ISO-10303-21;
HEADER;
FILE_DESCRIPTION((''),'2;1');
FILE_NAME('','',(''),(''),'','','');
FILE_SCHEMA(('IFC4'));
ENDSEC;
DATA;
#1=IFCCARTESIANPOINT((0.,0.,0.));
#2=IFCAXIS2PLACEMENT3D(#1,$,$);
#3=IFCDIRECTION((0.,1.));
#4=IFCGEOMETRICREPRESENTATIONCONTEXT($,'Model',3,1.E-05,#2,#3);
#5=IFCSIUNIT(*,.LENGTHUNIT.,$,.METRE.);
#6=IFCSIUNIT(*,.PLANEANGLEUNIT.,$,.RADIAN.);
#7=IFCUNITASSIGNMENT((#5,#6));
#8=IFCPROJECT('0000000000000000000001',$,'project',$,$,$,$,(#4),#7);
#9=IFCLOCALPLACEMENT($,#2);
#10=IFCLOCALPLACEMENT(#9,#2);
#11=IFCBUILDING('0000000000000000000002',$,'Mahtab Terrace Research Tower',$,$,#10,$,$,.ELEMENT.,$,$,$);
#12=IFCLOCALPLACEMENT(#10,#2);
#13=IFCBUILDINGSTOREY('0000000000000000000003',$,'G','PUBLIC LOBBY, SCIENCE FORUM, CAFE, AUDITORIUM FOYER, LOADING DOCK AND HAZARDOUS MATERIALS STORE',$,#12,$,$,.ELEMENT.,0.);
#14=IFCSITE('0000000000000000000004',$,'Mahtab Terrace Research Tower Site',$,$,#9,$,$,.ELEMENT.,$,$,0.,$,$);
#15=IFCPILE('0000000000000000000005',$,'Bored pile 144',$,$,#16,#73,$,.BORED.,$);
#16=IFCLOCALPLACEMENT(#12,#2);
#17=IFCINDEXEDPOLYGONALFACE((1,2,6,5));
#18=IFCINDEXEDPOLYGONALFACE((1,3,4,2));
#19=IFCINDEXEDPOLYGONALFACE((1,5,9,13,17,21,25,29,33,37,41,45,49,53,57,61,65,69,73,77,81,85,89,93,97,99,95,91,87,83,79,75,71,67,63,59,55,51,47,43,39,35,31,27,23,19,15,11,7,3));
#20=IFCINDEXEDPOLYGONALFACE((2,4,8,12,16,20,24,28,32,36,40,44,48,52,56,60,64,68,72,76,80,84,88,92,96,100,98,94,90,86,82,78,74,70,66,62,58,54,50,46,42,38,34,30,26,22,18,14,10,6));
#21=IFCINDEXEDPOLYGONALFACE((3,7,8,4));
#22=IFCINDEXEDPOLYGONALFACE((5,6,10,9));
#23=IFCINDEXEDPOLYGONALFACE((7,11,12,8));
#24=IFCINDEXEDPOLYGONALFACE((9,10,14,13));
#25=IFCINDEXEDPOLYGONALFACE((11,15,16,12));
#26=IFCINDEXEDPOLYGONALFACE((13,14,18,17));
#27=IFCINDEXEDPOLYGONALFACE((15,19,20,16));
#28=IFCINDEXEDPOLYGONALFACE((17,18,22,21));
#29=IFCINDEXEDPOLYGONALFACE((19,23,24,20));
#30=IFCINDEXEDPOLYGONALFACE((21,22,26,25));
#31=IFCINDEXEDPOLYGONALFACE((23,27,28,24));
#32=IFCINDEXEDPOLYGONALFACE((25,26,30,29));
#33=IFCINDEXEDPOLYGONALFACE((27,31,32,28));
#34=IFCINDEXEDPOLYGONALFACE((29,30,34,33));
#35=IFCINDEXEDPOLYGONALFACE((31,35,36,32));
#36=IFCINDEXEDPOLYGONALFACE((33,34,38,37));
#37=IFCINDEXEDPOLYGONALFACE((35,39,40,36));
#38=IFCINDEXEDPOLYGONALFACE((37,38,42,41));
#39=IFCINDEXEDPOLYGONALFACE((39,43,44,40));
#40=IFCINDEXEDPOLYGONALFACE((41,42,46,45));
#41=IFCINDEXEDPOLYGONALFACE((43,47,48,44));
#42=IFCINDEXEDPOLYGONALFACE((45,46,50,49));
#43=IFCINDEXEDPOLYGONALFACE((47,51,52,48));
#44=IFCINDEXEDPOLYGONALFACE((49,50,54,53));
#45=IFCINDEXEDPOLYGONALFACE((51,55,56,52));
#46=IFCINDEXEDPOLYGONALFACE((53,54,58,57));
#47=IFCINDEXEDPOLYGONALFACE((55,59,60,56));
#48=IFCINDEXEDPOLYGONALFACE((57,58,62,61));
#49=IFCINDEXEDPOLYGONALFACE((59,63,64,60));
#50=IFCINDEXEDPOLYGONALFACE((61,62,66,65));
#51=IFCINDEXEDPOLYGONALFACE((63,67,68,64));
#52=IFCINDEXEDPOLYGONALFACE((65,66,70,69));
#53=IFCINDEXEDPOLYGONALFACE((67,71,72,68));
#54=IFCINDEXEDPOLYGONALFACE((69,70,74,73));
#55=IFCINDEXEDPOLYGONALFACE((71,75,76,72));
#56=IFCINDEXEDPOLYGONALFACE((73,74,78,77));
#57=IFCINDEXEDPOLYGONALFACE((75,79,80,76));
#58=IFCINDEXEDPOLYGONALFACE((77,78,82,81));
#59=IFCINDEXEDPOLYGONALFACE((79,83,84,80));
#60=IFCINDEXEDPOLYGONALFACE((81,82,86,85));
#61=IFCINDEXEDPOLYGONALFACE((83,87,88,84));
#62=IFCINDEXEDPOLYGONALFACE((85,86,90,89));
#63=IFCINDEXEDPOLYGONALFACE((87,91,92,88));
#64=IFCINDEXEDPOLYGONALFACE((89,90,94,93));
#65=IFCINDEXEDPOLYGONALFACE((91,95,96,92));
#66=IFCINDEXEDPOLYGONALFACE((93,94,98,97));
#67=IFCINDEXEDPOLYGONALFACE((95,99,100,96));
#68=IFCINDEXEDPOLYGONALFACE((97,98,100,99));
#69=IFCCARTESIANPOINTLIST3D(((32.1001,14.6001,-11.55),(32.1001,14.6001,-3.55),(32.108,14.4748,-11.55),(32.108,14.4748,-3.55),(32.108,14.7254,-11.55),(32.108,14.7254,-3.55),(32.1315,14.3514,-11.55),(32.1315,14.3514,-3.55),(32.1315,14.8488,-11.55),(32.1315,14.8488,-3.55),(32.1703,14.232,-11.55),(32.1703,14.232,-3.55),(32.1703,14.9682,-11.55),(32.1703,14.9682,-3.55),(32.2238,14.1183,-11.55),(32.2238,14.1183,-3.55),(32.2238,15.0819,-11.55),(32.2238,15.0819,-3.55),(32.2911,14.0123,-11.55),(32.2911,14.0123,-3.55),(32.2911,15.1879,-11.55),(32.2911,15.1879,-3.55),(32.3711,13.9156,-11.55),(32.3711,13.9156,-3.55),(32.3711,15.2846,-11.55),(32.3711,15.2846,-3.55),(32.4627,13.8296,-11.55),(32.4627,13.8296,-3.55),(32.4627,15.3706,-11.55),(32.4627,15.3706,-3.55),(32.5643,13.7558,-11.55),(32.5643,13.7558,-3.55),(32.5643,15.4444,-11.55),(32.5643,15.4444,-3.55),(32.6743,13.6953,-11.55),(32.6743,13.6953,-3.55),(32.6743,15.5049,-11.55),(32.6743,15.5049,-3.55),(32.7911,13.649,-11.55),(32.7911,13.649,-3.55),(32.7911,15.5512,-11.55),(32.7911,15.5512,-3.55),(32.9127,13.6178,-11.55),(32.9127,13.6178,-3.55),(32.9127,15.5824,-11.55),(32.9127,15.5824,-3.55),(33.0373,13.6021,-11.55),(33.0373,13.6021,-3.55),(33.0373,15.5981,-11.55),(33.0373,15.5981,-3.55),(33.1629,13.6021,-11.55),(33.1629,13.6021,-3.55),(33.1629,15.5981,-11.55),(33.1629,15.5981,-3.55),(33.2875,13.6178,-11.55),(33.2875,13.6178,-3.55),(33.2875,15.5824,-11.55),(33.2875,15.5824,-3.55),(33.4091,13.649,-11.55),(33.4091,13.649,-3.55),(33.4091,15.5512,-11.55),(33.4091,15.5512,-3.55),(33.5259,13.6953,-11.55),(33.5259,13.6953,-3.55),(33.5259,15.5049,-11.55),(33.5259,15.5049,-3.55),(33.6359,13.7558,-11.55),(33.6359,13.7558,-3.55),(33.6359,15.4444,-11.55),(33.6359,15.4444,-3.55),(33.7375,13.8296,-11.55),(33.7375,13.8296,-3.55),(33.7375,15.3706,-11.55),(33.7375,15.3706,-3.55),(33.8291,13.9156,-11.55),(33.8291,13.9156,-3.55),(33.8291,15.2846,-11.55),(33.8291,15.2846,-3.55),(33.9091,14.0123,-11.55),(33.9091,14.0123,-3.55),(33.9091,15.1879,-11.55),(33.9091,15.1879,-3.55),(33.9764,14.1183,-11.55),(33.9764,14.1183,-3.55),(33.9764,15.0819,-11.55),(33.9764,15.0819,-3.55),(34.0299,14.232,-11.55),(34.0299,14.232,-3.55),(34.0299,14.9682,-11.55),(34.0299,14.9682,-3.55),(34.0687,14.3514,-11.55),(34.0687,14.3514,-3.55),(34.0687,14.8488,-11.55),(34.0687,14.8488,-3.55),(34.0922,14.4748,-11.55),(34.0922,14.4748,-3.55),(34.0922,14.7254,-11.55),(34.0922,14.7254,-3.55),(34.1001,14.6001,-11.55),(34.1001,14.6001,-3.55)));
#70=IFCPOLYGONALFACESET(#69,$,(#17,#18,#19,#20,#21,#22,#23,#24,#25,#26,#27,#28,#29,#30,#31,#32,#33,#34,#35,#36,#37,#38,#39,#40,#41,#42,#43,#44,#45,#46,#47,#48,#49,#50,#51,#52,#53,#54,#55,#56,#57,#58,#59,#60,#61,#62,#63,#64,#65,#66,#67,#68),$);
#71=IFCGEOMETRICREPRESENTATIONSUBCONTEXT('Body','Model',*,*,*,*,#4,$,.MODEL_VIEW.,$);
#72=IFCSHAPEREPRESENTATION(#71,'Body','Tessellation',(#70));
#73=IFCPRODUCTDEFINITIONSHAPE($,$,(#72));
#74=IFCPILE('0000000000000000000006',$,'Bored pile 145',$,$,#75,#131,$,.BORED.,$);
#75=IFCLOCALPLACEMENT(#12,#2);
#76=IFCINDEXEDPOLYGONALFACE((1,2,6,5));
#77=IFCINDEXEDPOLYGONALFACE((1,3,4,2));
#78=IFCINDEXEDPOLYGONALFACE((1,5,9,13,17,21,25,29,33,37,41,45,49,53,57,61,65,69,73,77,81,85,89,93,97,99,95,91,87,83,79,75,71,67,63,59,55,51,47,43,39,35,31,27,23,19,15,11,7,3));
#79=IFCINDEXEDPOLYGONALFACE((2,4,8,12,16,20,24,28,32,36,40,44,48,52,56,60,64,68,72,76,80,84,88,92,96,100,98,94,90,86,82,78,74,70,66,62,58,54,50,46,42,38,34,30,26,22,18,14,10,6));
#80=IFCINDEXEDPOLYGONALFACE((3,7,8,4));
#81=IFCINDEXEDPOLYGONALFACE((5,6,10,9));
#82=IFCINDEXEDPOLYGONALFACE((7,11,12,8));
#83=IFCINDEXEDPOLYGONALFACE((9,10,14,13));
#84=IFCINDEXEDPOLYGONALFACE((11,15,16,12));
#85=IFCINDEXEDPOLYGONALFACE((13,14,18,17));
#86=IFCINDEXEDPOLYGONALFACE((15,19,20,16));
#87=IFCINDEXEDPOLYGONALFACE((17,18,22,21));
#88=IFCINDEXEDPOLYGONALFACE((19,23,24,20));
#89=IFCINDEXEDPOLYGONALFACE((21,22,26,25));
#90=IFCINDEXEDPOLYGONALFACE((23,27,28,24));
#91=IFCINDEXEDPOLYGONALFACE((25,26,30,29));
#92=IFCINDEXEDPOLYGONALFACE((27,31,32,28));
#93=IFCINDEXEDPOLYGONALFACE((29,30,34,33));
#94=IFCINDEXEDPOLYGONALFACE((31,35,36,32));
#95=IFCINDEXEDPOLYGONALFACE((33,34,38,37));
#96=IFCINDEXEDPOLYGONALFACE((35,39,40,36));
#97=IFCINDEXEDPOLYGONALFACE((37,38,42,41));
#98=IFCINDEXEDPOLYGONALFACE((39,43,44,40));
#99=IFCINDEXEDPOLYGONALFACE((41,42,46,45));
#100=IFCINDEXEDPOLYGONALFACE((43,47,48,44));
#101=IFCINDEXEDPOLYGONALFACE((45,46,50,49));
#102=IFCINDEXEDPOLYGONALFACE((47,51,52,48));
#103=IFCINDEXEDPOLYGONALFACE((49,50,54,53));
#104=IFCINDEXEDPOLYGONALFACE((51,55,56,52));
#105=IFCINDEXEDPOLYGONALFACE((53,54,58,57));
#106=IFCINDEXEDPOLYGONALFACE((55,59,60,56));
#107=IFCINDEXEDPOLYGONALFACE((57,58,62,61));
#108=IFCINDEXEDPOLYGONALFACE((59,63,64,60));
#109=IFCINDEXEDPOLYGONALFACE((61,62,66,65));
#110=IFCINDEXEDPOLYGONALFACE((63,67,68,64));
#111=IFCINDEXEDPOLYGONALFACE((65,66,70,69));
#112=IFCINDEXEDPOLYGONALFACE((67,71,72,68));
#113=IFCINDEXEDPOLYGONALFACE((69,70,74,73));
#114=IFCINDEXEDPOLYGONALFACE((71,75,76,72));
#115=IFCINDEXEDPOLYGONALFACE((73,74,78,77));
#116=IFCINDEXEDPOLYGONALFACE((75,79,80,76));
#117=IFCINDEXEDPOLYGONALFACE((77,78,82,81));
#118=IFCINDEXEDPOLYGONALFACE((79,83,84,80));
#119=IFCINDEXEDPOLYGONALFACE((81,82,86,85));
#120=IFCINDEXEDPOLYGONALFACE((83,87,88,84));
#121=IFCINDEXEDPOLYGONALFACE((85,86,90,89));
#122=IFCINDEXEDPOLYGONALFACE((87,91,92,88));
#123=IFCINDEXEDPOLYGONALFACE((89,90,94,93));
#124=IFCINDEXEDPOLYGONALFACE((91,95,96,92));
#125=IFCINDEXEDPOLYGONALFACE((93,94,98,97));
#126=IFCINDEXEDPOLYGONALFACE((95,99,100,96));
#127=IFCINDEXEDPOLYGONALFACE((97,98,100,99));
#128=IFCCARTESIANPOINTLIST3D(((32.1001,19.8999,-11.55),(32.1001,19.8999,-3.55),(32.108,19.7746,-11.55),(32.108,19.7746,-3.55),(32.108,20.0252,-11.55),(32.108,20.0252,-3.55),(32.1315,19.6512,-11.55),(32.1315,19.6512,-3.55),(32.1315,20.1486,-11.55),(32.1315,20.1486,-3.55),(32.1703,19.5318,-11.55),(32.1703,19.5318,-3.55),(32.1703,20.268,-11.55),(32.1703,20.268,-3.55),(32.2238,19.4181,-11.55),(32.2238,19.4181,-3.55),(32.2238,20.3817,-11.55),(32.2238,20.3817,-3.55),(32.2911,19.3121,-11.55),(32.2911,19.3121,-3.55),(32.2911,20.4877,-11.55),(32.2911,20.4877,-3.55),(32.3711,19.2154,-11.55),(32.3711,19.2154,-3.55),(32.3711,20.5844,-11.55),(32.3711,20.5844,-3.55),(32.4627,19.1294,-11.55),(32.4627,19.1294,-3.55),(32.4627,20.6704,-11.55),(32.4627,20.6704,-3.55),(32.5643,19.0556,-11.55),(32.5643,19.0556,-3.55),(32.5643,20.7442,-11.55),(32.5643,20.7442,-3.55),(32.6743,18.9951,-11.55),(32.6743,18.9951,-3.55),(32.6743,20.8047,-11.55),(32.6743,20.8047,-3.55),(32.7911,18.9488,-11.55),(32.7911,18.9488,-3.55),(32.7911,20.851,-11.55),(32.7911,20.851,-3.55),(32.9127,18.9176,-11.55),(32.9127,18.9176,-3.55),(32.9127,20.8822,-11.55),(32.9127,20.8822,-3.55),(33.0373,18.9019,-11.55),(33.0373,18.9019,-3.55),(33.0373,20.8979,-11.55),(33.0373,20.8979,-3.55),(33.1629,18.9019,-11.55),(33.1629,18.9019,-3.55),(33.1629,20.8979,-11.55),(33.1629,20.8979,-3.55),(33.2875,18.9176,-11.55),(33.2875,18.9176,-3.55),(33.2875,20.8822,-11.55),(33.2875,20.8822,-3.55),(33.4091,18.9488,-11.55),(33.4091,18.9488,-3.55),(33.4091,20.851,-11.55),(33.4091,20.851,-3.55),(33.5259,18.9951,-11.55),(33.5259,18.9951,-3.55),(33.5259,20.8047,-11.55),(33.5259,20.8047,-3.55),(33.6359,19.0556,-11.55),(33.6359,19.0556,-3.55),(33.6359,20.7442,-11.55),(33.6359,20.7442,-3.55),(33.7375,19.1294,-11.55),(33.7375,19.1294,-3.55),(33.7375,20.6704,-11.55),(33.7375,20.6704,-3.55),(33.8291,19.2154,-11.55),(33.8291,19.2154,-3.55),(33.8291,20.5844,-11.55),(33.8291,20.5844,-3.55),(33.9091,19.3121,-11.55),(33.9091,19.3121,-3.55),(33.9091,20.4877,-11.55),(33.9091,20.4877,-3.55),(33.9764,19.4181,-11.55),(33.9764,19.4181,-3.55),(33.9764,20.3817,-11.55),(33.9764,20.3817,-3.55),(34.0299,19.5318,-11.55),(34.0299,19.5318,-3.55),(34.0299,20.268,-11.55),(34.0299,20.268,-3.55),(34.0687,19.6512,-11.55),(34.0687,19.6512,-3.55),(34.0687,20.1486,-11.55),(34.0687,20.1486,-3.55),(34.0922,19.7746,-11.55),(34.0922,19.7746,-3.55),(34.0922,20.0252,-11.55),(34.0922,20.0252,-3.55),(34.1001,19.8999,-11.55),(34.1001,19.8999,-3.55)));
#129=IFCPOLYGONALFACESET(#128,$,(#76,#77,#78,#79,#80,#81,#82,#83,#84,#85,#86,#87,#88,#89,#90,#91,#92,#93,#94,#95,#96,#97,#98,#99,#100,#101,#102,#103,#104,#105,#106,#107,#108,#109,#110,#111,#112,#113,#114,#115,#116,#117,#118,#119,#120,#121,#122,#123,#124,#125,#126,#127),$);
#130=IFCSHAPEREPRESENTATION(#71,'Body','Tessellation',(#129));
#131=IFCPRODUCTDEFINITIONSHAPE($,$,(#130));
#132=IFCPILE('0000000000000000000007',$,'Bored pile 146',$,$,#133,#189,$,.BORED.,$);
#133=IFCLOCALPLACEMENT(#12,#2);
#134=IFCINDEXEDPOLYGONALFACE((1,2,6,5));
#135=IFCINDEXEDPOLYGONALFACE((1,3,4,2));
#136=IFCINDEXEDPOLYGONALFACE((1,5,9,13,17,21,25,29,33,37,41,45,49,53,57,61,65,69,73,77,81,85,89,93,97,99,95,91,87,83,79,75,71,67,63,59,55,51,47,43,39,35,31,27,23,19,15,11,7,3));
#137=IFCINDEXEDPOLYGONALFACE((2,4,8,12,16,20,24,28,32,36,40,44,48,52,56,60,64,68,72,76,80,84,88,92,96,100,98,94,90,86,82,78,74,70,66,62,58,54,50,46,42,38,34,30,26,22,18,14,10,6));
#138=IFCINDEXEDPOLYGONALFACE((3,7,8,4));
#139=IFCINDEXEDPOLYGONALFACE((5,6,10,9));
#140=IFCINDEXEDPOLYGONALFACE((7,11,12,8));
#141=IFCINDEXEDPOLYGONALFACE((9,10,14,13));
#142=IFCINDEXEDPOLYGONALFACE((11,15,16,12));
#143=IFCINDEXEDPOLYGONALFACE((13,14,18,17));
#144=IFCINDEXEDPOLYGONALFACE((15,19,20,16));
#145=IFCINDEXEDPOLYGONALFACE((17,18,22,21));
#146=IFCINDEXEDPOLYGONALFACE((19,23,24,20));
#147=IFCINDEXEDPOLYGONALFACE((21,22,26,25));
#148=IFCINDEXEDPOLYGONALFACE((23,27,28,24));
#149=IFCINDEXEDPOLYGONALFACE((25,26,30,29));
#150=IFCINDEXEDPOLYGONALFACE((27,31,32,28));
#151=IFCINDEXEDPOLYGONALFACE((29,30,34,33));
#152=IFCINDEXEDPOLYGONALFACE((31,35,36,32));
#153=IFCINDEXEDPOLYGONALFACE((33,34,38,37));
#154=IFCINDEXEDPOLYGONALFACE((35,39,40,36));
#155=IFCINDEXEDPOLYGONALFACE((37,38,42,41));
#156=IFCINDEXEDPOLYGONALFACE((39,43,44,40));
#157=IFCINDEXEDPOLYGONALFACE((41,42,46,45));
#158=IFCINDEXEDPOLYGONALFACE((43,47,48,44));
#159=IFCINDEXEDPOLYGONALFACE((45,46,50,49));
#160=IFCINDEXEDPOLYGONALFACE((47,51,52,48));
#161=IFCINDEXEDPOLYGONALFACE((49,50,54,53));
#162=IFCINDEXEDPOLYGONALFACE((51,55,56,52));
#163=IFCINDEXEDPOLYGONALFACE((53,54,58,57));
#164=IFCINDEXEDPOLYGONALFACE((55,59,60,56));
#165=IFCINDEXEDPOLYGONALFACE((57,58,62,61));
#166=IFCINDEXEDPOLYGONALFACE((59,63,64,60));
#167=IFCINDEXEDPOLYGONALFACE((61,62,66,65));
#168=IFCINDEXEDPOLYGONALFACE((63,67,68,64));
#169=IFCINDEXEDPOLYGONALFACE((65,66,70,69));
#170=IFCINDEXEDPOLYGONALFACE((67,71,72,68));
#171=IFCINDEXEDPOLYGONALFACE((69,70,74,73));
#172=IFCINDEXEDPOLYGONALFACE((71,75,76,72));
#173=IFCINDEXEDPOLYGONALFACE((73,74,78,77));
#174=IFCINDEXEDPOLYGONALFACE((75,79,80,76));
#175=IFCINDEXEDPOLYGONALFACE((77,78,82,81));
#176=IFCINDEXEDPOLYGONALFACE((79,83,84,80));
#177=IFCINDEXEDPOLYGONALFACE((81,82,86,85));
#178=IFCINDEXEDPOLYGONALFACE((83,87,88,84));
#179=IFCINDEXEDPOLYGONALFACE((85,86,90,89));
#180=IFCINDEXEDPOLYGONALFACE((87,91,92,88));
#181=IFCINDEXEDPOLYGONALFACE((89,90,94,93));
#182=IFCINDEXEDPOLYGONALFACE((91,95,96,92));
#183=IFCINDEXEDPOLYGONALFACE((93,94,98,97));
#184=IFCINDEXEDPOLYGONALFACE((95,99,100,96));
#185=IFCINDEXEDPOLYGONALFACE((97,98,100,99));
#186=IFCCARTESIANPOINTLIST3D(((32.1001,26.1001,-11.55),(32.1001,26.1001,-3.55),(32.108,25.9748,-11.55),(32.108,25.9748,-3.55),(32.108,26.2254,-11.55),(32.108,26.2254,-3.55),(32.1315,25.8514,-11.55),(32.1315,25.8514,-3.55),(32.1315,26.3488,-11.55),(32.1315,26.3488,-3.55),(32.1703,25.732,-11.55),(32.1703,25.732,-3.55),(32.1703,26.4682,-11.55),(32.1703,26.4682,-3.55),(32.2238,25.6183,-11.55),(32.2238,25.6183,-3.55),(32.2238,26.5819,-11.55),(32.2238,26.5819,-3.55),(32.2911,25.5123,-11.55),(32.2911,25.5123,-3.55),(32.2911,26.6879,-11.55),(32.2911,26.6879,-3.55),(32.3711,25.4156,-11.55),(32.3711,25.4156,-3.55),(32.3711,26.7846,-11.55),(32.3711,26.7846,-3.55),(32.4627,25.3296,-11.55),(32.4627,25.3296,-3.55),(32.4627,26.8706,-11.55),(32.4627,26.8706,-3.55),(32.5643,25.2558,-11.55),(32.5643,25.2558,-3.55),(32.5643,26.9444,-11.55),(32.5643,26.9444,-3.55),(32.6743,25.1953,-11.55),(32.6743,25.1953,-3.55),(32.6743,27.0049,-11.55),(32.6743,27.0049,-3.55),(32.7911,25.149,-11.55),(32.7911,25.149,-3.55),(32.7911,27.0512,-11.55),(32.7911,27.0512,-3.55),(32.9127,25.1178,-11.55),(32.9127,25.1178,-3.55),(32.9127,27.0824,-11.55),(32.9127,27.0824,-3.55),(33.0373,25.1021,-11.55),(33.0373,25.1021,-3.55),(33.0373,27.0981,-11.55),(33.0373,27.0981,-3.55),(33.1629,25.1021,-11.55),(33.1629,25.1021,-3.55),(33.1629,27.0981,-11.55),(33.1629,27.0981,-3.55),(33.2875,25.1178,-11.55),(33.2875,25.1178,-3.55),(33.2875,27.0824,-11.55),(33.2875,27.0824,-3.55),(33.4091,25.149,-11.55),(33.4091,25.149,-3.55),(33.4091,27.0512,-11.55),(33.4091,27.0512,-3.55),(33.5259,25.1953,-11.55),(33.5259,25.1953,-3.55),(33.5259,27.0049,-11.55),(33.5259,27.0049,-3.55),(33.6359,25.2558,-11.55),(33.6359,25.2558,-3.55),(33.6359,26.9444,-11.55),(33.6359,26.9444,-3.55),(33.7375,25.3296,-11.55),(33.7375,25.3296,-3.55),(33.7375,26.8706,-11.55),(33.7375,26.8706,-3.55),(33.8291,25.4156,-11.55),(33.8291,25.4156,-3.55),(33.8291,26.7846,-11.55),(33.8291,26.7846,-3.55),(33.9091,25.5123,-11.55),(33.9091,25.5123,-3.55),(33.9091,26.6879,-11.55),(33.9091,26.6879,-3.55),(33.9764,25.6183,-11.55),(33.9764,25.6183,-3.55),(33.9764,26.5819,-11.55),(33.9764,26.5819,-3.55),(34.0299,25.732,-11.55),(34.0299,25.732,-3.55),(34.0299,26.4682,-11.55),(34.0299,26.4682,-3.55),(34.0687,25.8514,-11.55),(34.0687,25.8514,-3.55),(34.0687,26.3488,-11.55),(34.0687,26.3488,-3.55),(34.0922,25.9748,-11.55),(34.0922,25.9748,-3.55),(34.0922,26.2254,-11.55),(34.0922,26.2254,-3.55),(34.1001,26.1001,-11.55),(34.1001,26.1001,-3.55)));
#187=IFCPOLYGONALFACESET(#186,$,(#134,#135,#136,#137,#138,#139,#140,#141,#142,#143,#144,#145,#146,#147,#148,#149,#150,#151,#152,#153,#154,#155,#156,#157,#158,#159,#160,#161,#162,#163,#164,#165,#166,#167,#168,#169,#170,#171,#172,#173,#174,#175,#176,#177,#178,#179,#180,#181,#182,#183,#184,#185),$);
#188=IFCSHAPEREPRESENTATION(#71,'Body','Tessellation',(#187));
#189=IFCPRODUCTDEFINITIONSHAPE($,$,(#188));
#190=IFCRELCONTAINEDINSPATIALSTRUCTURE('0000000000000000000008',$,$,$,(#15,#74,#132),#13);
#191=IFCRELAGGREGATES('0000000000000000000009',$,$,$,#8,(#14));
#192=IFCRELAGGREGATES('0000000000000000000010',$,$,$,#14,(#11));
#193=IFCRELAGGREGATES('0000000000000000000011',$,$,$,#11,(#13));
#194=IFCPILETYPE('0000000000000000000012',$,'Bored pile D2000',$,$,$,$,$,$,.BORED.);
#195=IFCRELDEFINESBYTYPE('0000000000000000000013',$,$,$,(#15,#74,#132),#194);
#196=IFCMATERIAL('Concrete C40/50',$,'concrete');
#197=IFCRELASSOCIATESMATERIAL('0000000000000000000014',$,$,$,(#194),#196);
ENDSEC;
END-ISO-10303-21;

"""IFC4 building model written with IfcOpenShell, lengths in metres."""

from ifc_helpers import new_model, si_unit, direction, frame, origin, origin_2d, place, context, subcontext, project, spatial, circle, extrude, material, material_profile, profile_set, type_object, element, save


model = new_model("IFC4")

# Units and contexts
model_context = context("Model", 3, precision=1e-05, world=origin(), true_north=direction((0.0, 1.0)))
body_context = subcontext(model_context, "Body", "Model", "MODEL_VIEW")
ifc_project = project(units=[si_unit("LENGTHUNIT", "METRE"), si_unit("PLANEANGLEUNIT", "RADIAN")], contexts=[model_context])

# Site, building, storey
site_placement = place(None, origin())
site = spatial("IfcSite", under=ifc_project, at=site_placement, Name="Mahtab Terrace Research Tower Site", CompositionType="ELEMENT", RefElevation=0.0)
building_placement = place(site_placement, origin())
building = spatial("IfcBuilding", under=site, at=building_placement, Name="Mahtab Terrace Research Tower", CompositionType="ELEMENT")
storey_placement = place(building_placement, origin())
storey = spatial("IfcBuildingStorey", under=building, at=storey_placement, Name="G", Description="PUBLIC LOBBY, SCIENCE FORUM, CAFE, AUDITORIUM FOYER, LOADING DOCK AND HAZARDOUS MATERIALS STORE", CompositionType="ELEMENT", Elevation=0.0)

# Piles
ifc_material_1 = material(Name="Concrete C40/50", Category="concrete")
ifc_material_profile_1 = material_profile(ifc_material_1, circle(Radius=1.0, at=origin_2d()), Name="Bored pile D2000")
ifc_profile_set_1 = profile_set([ifc_material_profile_1], Name="Concrete C40/50")
pile_type_1 = type_object("IfcPileType", Name="Bored pile D2000", PredefinedType="BORED", material=ifc_profile_set_1)
for number, where, z_axis, x_axis, name in (
    (1, (33.1001, 14.6001, -3.55), (0.0, 0.0, -1.0), (1.0, 0.0, 0.0), "Bored pile 144"),
    (2, (33.1001, 19.8999, -3.55), (0.0, 0.0, -1.0), (1.0, 0.0, 0.0), "Bored pile 145"),
    (3, (33.1001, 26.1001, -3.55), (0.0, 0.0, -1.0), (1.0, 0.0, 0.0), "Bored pile 146"),
):
    element("IfcPile", number, at=place(storey_placement, frame(where, z_axis=z_axis, x_axis=x_axis)), inside=storey, type_object=pile_type_1, Name=name, PredefinedType="BORED", context=body_context, shape_type="SweptSolid", body=[
        extrude(circle(Radius=1.0, at=origin_2d()), origin(), (0.0, 0.0, 1.0), 8.0),
    ])

save(model, "model.ifc")
